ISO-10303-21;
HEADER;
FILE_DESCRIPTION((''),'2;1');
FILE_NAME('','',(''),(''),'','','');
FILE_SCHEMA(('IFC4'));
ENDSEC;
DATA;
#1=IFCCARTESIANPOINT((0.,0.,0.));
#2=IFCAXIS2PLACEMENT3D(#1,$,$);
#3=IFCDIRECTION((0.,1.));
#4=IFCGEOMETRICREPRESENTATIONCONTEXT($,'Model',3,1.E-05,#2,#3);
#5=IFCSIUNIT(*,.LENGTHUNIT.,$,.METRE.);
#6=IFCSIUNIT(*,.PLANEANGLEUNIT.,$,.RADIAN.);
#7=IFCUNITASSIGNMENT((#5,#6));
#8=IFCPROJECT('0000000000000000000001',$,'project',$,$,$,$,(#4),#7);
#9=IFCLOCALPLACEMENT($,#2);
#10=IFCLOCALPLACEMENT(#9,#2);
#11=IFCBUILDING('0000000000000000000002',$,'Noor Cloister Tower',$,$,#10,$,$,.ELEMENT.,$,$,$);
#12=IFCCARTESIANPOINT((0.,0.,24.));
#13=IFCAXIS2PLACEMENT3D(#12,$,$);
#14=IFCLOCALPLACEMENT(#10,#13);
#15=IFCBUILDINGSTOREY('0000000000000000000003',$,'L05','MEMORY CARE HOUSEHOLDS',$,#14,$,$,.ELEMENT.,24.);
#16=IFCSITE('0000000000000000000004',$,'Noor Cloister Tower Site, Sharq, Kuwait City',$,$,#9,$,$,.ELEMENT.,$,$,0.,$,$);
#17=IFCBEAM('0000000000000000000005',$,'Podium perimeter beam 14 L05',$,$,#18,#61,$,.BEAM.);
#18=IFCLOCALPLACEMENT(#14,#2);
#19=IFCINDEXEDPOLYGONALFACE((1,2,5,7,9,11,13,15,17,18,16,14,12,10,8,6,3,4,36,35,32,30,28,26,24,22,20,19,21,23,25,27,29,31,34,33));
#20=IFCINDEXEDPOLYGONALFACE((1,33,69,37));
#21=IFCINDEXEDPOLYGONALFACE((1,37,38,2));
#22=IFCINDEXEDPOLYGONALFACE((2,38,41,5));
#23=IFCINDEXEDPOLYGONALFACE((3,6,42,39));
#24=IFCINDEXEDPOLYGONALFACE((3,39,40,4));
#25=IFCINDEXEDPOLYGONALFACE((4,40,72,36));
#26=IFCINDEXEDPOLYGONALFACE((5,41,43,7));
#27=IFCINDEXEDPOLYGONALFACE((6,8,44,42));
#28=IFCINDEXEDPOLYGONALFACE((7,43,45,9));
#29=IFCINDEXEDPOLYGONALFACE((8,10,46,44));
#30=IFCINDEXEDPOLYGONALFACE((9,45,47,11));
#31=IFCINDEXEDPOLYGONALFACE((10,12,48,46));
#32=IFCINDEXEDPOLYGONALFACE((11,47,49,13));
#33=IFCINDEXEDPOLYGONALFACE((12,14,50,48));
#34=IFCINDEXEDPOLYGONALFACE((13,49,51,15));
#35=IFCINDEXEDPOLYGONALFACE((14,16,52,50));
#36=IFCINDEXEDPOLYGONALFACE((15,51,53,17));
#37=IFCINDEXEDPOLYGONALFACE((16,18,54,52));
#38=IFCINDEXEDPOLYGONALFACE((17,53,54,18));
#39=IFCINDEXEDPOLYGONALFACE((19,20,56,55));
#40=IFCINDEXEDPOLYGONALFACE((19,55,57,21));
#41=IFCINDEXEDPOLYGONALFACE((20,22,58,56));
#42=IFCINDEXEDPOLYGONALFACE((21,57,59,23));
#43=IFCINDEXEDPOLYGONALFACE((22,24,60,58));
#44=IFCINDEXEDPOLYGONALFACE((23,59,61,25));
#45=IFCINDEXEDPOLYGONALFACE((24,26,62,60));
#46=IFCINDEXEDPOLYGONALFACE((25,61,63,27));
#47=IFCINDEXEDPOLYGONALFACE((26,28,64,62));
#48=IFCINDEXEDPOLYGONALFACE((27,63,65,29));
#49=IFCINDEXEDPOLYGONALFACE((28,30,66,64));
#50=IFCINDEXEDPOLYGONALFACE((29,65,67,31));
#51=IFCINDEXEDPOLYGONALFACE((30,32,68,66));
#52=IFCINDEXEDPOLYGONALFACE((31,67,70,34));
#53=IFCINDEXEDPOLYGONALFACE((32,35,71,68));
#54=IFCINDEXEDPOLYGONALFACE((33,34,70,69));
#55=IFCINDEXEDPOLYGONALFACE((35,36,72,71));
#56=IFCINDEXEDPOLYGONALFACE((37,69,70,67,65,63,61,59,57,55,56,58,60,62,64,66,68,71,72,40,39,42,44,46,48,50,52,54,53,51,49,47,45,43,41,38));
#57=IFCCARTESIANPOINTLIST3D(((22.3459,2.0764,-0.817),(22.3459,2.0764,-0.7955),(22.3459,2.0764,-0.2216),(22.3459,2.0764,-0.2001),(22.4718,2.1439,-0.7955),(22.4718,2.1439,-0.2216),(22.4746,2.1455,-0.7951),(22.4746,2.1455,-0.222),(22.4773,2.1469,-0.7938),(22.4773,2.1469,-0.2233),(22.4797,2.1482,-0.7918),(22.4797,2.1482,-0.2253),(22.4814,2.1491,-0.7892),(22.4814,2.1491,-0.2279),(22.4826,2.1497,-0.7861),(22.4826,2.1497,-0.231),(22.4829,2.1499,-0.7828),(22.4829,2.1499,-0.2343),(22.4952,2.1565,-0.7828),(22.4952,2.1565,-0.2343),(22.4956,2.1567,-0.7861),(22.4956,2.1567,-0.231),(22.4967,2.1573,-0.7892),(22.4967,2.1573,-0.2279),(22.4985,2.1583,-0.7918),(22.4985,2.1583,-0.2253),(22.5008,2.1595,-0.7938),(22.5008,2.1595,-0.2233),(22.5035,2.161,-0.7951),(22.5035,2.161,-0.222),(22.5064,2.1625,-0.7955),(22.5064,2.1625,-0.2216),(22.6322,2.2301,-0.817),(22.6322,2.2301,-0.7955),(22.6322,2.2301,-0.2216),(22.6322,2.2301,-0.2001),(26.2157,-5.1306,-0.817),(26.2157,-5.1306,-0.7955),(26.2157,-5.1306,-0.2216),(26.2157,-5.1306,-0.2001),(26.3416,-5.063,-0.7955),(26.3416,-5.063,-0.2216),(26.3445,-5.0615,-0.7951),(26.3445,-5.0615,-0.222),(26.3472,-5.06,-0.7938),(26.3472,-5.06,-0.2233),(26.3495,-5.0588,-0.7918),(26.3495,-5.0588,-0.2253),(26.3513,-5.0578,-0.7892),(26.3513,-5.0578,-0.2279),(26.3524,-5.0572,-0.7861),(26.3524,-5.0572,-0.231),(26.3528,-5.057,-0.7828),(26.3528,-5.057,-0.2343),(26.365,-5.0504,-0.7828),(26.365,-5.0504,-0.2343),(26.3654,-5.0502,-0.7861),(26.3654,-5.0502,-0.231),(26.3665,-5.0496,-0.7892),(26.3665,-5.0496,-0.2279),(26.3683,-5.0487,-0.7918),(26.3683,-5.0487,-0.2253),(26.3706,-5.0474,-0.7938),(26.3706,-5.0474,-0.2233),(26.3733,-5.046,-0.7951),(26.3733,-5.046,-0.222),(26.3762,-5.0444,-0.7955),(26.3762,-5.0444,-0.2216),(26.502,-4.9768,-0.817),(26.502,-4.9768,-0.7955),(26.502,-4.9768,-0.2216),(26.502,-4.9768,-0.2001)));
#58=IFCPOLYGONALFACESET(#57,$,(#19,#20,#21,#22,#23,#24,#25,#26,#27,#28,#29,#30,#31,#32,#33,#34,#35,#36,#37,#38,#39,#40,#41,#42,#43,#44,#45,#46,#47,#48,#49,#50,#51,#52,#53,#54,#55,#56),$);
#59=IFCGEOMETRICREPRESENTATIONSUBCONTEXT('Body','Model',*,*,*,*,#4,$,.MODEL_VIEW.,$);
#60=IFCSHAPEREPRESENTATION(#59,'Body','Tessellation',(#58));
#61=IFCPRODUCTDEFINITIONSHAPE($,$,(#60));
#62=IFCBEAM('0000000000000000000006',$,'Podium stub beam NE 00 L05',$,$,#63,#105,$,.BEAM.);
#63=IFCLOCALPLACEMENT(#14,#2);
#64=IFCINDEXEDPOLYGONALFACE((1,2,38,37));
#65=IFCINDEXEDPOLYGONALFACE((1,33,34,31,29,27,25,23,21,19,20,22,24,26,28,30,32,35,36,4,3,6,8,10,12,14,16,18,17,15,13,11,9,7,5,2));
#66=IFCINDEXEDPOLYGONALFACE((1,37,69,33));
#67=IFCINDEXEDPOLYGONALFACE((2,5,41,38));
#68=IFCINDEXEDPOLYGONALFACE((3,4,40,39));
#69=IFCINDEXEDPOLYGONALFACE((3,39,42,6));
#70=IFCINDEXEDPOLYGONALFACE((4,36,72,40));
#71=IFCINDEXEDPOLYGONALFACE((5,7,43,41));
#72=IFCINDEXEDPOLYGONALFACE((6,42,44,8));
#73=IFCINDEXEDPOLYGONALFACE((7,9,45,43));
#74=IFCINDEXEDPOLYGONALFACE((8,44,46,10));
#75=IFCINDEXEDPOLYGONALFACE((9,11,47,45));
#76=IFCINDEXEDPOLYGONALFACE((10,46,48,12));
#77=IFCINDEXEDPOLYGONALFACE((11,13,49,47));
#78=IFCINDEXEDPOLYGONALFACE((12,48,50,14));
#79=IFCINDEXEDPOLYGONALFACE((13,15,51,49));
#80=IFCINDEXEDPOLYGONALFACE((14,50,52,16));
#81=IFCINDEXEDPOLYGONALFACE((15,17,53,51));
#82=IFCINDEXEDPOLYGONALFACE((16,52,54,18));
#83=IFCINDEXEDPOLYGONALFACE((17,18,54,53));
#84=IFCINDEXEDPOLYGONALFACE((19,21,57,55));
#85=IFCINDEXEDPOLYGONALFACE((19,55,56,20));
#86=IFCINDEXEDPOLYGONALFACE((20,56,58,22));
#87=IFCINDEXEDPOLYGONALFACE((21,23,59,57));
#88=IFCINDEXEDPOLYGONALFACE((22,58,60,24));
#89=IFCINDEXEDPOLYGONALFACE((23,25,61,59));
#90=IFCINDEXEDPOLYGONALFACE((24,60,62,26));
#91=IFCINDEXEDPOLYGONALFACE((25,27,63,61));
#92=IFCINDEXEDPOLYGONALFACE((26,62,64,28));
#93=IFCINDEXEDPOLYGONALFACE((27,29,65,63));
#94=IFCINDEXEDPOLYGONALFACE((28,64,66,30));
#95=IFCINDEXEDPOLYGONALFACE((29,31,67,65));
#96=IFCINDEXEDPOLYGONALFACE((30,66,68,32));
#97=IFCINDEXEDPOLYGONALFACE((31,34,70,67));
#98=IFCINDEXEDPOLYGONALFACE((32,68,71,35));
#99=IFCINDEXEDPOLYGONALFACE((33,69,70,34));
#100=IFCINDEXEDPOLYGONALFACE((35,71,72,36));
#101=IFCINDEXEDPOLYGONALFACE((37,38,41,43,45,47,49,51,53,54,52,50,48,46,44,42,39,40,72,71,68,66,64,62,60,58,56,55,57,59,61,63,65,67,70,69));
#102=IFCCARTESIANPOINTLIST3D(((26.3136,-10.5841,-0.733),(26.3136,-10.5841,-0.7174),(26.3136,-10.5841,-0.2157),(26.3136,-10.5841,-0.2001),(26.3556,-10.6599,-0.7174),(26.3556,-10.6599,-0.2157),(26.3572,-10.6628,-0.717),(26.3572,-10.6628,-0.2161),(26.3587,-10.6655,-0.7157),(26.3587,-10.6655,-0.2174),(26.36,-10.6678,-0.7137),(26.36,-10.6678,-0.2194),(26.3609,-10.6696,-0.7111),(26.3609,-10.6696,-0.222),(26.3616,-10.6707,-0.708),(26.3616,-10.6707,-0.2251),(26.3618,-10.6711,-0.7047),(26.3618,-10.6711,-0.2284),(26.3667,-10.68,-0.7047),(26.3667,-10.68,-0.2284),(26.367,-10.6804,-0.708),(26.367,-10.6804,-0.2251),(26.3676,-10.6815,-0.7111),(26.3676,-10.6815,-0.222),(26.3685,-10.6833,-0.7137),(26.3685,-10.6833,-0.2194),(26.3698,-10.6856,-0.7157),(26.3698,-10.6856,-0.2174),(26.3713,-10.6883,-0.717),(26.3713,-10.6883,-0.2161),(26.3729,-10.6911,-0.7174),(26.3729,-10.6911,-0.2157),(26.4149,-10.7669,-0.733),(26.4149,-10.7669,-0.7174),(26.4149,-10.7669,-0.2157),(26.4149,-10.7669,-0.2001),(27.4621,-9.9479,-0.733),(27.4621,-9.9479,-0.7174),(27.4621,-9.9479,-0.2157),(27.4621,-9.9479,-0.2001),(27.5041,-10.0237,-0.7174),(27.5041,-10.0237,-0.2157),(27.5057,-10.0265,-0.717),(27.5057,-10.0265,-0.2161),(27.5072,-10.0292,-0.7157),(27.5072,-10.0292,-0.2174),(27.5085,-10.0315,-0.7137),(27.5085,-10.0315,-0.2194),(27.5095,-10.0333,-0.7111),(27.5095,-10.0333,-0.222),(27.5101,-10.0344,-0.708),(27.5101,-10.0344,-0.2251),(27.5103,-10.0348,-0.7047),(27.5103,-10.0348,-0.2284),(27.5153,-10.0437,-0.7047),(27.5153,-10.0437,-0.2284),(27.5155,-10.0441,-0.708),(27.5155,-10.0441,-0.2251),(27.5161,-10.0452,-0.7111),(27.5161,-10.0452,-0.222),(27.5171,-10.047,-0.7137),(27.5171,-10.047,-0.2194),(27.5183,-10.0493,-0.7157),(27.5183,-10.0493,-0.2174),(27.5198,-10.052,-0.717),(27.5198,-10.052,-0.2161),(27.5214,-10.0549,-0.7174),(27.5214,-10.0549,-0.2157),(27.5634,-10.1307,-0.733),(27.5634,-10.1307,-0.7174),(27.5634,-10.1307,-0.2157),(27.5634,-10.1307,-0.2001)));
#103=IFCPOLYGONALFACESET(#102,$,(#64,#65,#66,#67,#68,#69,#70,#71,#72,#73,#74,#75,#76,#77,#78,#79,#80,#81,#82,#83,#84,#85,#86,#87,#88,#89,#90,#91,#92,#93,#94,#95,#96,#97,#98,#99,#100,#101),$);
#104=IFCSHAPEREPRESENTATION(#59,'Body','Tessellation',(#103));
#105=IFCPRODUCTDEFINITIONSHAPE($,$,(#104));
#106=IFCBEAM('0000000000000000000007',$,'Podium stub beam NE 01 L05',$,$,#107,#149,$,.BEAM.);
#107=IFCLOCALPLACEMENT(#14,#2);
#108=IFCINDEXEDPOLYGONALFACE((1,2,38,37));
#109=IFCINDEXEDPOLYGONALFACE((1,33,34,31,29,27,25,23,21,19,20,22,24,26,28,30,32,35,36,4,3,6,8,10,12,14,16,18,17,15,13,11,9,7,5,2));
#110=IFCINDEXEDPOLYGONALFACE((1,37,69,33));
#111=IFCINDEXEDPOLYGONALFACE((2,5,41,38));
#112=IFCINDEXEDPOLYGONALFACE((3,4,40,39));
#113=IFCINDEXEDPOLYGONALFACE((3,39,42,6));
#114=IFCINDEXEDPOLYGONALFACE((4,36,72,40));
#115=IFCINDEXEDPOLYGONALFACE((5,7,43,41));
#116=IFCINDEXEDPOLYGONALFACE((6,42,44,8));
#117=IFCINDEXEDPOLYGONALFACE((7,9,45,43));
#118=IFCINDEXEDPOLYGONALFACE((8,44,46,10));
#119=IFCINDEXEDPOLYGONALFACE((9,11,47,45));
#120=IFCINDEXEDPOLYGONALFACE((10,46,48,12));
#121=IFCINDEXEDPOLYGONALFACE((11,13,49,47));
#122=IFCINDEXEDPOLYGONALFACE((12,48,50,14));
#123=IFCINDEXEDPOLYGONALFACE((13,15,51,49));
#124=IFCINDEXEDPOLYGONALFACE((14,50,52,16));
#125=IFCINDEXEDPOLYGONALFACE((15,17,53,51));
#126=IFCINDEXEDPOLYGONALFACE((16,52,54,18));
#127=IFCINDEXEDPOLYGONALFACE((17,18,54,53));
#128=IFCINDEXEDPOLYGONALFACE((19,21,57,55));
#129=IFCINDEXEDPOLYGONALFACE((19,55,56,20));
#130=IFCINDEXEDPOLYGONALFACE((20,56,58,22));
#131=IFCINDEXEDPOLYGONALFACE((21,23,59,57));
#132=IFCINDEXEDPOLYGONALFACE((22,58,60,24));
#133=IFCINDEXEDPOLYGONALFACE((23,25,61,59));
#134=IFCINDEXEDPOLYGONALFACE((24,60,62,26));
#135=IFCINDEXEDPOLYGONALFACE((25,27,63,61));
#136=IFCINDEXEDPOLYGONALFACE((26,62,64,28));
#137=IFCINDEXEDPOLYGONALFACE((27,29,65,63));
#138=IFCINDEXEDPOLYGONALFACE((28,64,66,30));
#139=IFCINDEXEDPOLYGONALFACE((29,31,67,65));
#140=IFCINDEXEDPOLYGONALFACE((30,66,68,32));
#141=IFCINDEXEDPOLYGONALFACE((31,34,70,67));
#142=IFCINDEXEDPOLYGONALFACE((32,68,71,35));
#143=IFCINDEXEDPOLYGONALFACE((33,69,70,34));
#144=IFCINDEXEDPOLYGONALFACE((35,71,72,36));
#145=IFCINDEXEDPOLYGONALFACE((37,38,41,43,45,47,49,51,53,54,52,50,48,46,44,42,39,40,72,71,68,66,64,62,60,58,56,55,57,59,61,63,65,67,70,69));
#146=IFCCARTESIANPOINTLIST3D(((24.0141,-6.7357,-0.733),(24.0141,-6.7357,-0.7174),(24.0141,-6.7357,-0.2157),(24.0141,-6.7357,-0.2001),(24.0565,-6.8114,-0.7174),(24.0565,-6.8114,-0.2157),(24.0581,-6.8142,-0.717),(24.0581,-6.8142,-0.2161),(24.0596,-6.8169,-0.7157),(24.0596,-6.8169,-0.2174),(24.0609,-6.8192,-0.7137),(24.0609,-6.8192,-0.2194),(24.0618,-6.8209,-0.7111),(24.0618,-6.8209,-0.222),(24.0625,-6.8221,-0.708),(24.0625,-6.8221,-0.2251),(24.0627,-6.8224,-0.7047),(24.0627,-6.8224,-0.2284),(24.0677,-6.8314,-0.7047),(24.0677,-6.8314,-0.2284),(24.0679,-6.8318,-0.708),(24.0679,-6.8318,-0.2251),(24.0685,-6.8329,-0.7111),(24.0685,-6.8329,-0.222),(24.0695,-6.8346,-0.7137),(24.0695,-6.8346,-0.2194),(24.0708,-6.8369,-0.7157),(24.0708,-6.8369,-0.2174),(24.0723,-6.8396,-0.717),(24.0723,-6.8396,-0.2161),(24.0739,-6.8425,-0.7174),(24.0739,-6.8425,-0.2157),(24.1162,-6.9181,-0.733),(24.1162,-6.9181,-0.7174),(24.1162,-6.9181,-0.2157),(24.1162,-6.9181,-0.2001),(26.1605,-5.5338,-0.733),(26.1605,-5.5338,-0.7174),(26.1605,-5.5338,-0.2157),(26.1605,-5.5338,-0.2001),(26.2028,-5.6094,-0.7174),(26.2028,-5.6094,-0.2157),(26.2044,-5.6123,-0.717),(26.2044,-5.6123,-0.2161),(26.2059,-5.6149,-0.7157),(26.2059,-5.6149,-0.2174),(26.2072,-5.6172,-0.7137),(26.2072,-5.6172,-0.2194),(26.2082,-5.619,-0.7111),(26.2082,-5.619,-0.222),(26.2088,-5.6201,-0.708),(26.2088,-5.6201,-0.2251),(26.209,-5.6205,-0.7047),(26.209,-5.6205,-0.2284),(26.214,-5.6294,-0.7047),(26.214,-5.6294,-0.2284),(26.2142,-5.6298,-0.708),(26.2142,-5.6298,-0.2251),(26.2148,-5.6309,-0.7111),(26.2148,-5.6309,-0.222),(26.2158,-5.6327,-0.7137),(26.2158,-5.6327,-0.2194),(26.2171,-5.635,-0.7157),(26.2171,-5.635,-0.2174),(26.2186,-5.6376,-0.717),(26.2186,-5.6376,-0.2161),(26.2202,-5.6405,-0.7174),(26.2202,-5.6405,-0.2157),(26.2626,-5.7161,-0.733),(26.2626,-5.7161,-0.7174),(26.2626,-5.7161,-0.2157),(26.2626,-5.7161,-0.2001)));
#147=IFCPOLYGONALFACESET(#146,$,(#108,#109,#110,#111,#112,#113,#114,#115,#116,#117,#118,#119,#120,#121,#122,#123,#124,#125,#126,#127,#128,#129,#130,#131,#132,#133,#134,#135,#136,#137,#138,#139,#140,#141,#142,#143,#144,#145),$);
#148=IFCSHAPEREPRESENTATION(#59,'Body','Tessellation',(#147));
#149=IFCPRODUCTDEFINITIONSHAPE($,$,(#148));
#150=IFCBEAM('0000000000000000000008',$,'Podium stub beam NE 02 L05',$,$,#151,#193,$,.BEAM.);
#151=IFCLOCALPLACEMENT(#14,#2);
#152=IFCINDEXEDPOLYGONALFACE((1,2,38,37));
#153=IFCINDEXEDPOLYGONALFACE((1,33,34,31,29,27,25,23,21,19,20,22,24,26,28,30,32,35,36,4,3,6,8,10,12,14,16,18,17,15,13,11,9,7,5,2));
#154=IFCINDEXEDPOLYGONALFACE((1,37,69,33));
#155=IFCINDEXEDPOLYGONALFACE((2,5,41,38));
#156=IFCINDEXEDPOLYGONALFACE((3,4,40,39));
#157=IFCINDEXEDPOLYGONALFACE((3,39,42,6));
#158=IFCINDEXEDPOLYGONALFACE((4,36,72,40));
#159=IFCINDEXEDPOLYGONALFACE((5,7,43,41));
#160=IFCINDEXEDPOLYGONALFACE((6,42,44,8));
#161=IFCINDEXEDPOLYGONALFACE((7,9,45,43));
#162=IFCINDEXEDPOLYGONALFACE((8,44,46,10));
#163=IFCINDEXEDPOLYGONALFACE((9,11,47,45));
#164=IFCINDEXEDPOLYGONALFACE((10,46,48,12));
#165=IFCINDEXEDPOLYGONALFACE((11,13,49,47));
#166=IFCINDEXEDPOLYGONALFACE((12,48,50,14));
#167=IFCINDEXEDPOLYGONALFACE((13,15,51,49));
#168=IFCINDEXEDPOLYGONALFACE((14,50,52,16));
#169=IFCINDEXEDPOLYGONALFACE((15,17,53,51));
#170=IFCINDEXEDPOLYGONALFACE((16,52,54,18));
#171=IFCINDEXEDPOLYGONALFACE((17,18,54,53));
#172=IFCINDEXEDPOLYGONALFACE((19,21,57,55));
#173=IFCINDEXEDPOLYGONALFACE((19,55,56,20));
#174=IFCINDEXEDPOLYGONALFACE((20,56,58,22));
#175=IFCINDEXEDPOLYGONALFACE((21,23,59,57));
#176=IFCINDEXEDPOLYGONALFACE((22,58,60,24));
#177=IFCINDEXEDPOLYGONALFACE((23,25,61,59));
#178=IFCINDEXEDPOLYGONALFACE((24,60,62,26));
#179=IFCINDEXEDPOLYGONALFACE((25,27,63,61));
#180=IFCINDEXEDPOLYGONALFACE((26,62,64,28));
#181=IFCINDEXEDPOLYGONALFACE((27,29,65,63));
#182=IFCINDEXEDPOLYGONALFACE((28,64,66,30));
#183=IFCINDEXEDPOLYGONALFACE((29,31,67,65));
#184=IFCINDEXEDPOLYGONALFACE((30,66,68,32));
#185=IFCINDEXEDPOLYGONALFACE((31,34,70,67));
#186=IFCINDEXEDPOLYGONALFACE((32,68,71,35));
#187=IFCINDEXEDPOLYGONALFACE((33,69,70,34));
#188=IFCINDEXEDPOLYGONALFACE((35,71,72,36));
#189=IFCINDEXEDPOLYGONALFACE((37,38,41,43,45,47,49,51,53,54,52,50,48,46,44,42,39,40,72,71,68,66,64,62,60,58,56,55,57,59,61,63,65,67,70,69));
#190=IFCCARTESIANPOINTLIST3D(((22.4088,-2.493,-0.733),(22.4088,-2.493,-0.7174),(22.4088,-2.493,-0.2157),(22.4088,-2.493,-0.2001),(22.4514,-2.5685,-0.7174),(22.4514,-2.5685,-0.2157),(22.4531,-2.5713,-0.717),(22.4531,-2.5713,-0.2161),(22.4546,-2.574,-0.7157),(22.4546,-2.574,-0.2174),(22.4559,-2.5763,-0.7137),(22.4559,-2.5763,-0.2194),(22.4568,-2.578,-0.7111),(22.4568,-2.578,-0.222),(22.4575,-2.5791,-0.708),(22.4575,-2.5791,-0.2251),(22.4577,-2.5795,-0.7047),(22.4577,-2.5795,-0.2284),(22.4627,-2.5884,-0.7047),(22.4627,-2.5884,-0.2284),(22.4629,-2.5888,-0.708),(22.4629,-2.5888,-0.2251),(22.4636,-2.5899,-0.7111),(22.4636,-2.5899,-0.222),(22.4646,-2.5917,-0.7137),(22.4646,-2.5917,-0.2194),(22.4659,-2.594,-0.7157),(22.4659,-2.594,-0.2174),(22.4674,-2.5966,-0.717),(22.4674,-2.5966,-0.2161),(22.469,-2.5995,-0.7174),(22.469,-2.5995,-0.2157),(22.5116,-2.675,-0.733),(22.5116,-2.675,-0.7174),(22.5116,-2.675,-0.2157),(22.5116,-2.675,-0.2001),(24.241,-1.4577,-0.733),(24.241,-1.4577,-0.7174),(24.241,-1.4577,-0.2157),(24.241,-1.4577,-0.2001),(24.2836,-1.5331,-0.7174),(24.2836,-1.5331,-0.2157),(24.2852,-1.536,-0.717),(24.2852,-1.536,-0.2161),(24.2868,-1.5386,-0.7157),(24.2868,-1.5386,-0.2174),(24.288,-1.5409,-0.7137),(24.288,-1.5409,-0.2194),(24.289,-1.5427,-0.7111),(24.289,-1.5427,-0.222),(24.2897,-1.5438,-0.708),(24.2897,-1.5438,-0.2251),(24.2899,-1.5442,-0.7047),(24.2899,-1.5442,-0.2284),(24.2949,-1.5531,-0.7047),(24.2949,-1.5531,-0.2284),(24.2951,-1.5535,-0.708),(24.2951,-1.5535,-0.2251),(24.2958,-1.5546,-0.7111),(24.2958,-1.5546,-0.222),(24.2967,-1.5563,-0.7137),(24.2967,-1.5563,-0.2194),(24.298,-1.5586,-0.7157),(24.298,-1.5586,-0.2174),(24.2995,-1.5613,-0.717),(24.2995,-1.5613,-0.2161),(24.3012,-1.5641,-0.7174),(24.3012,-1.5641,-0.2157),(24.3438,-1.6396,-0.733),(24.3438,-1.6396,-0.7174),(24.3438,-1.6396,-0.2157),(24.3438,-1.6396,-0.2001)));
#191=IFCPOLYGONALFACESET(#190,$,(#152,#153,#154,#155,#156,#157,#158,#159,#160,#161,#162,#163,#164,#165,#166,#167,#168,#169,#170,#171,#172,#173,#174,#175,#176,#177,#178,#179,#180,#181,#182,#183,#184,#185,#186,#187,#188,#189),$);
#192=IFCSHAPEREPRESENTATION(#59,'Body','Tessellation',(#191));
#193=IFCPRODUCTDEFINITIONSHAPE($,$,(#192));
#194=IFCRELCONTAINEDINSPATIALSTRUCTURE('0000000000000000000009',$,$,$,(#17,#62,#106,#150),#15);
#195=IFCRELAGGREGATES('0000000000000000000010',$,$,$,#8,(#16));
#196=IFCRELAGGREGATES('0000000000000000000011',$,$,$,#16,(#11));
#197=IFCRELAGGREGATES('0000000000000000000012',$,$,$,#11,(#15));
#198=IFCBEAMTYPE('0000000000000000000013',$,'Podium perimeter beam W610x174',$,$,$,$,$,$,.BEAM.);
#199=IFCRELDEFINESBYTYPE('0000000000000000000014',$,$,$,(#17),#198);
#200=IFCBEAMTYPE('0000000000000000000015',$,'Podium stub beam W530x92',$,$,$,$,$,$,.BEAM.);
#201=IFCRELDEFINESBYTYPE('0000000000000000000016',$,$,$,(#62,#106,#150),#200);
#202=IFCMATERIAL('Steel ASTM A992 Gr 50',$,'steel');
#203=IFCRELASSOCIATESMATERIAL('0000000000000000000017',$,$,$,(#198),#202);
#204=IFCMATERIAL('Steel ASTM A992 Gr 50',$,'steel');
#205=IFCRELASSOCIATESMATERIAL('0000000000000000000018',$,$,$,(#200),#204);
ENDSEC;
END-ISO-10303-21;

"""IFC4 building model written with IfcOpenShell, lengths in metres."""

from ifc_helpers import new_model, si_unit, direction, frame, origin, origin_2d, place, context, subcontext, project, spatial, i_section, extrude, material, material_profile, profile_set, type_object, element, save


model = new_model("IFC4")

# Units and contexts
model_context = context("Model", 3, precision=1e-05, world=origin(), true_north=direction((0.0, 1.0)))
body_context = subcontext(model_context, "Body", "Model", "MODEL_VIEW")
ifc_project = project(units=[si_unit("LENGTHUNIT", "METRE"), si_unit("PLANEANGLEUNIT", "RADIAN")], contexts=[model_context])

# Site, building, storey
site_placement = place(None, origin())
site = spatial("IfcSite", under=ifc_project, at=site_placement, Name="Noor Cloister Tower Site, Sharq, Kuwait City", CompositionType="ELEMENT", RefElevation=0.0)
building_placement = place(site_placement, origin())
building = spatial("IfcBuilding", under=site, at=building_placement, Name="Noor Cloister Tower", CompositionType="ELEMENT")
storey_placement = place(building_placement, frame((0.0, 0.0, 24.0)))
storey = spatial("IfcBuildingStorey", under=building, at=storey_placement, Name="L05", Description="MEMORY CARE HOUSEHOLDS", CompositionType="ELEMENT", Elevation=24.0)

# Beams
ifc_material_1 = material(Name="Steel ASTM A992 Gr 50", Category="steel")
ifc_material_profile_1 = material_profile(ifc_material_1, i_section(OverallWidth=0.325, OverallDepth=0.6169, WebThickness=0.0139, FlangeThickness=0.0215, FilletRadius=0.0127, at=origin_2d()), Name="W610x174")
ifc_profile_set_1 = profile_set([ifc_material_profile_1], Name="Steel ASTM A992 Gr 50")
beam_type_1 = type_object("IfcBeamType", Name="Podium perimeter beam W610x174", PredefinedType="BEAM", material=ifc_profile_set_1)
beam_1_placement = place(storey_placement, frame((26.3589, -5.0537, -0.5085), z_axis=(-0.473073, 0.881023, 0.0), x_axis=(-0.881023, -0.473073, 0.0)))
element("IfcBeam", 1, at=beam_1_placement, inside=storey, type_object=beam_type_1, Name="Podium perimeter beam 14 L05", PredefinedType="BEAM", context=body_context, shape_type="SweptSolid", body=[
    extrude(i_section(OverallWidth=0.325, OverallDepth=0.6169, WebThickness=0.0139, FlangeThickness=0.0215, FilletRadius=0.0127, at=origin_2d()), origin(), (0.0, 0.0, 1.0), 8.1802),
])
ifc_material_2 = material(Name="Steel ASTM A992 Gr 50", Category="steel")
ifc_material_profile_2 = material_profile(ifc_material_2, i_section(OverallWidth=0.209, OverallDepth=0.533, WebThickness=0.0103, FlangeThickness=0.0156, FilletRadius=0.0127, at=origin_2d()), Name="W530x92")
ifc_profile_set_2 = profile_set([ifc_material_profile_2], Name="Steel ASTM A992 Gr 50")
beam_type_2 = type_object("IfcBeamType", Name="Podium stub beam W530x92", PredefinedType="BEAM", material=ifc_profile_set_2)
beam_2_placement = place(storey_placement, frame((26.3643, -10.6755, -0.4666), z_axis=(0.874736, 0.484601, 0.0), x_axis=(-0.484601, 0.874736, 0.0)))
element("IfcBeam", 2, at=beam_2_placement, inside=storey, type_object=beam_type_2, Name="Podium stub beam NE 00 L05", PredefinedType="BEAM", context=body_context, shape_type="SweptSolid", body=[
    extrude(i_section(OverallWidth=0.209, OverallDepth=0.533, WebThickness=0.0103, FlangeThickness=0.0156, FilletRadius=0.0127, at=origin_2d()), origin(), (0.0, 0.0, 1.0), 1.313),
])
beam_3_placement = place(storey_placement, frame((24.0652, -6.8269, -0.4666), z_axis=(0.872504, 0.488606, 0.0), x_axis=(-0.488606, 0.872504, 0.0)))
element("IfcBeam", 3, at=beam_3_placement, inside=storey, type_object=beam_type_2, Name="Podium stub beam NE 01 L05", PredefinedType="BEAM", context=body_context, shape_type="SweptSolid", body=[
    extrude(i_section(OverallWidth=0.209, OverallDepth=0.533, WebThickness=0.0103, FlangeThickness=0.0156, FilletRadius=0.0127, at=origin_2d()), origin(), (0.0, 0.0, 1.0), 2.46),
])
beam_4_placement = place(storey_placement, frame((22.4602, -2.584, -0.4666), z_axis=(0.87061, 0.491973, 0.0), x_axis=(-0.491973, 0.87061, 0.0)))
element("IfcBeam", 4, at=beam_4_placement, inside=storey, type_object=beam_type_2, Name="Podium stub beam NE 02 L05", PredefinedType="BEAM", context=body_context, shape_type="SweptSolid", body=[
    extrude(i_section(OverallWidth=0.209, OverallDepth=0.533, WebThickness=0.0103, FlangeThickness=0.0156, FilletRadius=0.0127, at=origin_2d()), origin(), (0.0, 0.0, 1.0), 2.1045),
])

save(model, "model.ifc")
